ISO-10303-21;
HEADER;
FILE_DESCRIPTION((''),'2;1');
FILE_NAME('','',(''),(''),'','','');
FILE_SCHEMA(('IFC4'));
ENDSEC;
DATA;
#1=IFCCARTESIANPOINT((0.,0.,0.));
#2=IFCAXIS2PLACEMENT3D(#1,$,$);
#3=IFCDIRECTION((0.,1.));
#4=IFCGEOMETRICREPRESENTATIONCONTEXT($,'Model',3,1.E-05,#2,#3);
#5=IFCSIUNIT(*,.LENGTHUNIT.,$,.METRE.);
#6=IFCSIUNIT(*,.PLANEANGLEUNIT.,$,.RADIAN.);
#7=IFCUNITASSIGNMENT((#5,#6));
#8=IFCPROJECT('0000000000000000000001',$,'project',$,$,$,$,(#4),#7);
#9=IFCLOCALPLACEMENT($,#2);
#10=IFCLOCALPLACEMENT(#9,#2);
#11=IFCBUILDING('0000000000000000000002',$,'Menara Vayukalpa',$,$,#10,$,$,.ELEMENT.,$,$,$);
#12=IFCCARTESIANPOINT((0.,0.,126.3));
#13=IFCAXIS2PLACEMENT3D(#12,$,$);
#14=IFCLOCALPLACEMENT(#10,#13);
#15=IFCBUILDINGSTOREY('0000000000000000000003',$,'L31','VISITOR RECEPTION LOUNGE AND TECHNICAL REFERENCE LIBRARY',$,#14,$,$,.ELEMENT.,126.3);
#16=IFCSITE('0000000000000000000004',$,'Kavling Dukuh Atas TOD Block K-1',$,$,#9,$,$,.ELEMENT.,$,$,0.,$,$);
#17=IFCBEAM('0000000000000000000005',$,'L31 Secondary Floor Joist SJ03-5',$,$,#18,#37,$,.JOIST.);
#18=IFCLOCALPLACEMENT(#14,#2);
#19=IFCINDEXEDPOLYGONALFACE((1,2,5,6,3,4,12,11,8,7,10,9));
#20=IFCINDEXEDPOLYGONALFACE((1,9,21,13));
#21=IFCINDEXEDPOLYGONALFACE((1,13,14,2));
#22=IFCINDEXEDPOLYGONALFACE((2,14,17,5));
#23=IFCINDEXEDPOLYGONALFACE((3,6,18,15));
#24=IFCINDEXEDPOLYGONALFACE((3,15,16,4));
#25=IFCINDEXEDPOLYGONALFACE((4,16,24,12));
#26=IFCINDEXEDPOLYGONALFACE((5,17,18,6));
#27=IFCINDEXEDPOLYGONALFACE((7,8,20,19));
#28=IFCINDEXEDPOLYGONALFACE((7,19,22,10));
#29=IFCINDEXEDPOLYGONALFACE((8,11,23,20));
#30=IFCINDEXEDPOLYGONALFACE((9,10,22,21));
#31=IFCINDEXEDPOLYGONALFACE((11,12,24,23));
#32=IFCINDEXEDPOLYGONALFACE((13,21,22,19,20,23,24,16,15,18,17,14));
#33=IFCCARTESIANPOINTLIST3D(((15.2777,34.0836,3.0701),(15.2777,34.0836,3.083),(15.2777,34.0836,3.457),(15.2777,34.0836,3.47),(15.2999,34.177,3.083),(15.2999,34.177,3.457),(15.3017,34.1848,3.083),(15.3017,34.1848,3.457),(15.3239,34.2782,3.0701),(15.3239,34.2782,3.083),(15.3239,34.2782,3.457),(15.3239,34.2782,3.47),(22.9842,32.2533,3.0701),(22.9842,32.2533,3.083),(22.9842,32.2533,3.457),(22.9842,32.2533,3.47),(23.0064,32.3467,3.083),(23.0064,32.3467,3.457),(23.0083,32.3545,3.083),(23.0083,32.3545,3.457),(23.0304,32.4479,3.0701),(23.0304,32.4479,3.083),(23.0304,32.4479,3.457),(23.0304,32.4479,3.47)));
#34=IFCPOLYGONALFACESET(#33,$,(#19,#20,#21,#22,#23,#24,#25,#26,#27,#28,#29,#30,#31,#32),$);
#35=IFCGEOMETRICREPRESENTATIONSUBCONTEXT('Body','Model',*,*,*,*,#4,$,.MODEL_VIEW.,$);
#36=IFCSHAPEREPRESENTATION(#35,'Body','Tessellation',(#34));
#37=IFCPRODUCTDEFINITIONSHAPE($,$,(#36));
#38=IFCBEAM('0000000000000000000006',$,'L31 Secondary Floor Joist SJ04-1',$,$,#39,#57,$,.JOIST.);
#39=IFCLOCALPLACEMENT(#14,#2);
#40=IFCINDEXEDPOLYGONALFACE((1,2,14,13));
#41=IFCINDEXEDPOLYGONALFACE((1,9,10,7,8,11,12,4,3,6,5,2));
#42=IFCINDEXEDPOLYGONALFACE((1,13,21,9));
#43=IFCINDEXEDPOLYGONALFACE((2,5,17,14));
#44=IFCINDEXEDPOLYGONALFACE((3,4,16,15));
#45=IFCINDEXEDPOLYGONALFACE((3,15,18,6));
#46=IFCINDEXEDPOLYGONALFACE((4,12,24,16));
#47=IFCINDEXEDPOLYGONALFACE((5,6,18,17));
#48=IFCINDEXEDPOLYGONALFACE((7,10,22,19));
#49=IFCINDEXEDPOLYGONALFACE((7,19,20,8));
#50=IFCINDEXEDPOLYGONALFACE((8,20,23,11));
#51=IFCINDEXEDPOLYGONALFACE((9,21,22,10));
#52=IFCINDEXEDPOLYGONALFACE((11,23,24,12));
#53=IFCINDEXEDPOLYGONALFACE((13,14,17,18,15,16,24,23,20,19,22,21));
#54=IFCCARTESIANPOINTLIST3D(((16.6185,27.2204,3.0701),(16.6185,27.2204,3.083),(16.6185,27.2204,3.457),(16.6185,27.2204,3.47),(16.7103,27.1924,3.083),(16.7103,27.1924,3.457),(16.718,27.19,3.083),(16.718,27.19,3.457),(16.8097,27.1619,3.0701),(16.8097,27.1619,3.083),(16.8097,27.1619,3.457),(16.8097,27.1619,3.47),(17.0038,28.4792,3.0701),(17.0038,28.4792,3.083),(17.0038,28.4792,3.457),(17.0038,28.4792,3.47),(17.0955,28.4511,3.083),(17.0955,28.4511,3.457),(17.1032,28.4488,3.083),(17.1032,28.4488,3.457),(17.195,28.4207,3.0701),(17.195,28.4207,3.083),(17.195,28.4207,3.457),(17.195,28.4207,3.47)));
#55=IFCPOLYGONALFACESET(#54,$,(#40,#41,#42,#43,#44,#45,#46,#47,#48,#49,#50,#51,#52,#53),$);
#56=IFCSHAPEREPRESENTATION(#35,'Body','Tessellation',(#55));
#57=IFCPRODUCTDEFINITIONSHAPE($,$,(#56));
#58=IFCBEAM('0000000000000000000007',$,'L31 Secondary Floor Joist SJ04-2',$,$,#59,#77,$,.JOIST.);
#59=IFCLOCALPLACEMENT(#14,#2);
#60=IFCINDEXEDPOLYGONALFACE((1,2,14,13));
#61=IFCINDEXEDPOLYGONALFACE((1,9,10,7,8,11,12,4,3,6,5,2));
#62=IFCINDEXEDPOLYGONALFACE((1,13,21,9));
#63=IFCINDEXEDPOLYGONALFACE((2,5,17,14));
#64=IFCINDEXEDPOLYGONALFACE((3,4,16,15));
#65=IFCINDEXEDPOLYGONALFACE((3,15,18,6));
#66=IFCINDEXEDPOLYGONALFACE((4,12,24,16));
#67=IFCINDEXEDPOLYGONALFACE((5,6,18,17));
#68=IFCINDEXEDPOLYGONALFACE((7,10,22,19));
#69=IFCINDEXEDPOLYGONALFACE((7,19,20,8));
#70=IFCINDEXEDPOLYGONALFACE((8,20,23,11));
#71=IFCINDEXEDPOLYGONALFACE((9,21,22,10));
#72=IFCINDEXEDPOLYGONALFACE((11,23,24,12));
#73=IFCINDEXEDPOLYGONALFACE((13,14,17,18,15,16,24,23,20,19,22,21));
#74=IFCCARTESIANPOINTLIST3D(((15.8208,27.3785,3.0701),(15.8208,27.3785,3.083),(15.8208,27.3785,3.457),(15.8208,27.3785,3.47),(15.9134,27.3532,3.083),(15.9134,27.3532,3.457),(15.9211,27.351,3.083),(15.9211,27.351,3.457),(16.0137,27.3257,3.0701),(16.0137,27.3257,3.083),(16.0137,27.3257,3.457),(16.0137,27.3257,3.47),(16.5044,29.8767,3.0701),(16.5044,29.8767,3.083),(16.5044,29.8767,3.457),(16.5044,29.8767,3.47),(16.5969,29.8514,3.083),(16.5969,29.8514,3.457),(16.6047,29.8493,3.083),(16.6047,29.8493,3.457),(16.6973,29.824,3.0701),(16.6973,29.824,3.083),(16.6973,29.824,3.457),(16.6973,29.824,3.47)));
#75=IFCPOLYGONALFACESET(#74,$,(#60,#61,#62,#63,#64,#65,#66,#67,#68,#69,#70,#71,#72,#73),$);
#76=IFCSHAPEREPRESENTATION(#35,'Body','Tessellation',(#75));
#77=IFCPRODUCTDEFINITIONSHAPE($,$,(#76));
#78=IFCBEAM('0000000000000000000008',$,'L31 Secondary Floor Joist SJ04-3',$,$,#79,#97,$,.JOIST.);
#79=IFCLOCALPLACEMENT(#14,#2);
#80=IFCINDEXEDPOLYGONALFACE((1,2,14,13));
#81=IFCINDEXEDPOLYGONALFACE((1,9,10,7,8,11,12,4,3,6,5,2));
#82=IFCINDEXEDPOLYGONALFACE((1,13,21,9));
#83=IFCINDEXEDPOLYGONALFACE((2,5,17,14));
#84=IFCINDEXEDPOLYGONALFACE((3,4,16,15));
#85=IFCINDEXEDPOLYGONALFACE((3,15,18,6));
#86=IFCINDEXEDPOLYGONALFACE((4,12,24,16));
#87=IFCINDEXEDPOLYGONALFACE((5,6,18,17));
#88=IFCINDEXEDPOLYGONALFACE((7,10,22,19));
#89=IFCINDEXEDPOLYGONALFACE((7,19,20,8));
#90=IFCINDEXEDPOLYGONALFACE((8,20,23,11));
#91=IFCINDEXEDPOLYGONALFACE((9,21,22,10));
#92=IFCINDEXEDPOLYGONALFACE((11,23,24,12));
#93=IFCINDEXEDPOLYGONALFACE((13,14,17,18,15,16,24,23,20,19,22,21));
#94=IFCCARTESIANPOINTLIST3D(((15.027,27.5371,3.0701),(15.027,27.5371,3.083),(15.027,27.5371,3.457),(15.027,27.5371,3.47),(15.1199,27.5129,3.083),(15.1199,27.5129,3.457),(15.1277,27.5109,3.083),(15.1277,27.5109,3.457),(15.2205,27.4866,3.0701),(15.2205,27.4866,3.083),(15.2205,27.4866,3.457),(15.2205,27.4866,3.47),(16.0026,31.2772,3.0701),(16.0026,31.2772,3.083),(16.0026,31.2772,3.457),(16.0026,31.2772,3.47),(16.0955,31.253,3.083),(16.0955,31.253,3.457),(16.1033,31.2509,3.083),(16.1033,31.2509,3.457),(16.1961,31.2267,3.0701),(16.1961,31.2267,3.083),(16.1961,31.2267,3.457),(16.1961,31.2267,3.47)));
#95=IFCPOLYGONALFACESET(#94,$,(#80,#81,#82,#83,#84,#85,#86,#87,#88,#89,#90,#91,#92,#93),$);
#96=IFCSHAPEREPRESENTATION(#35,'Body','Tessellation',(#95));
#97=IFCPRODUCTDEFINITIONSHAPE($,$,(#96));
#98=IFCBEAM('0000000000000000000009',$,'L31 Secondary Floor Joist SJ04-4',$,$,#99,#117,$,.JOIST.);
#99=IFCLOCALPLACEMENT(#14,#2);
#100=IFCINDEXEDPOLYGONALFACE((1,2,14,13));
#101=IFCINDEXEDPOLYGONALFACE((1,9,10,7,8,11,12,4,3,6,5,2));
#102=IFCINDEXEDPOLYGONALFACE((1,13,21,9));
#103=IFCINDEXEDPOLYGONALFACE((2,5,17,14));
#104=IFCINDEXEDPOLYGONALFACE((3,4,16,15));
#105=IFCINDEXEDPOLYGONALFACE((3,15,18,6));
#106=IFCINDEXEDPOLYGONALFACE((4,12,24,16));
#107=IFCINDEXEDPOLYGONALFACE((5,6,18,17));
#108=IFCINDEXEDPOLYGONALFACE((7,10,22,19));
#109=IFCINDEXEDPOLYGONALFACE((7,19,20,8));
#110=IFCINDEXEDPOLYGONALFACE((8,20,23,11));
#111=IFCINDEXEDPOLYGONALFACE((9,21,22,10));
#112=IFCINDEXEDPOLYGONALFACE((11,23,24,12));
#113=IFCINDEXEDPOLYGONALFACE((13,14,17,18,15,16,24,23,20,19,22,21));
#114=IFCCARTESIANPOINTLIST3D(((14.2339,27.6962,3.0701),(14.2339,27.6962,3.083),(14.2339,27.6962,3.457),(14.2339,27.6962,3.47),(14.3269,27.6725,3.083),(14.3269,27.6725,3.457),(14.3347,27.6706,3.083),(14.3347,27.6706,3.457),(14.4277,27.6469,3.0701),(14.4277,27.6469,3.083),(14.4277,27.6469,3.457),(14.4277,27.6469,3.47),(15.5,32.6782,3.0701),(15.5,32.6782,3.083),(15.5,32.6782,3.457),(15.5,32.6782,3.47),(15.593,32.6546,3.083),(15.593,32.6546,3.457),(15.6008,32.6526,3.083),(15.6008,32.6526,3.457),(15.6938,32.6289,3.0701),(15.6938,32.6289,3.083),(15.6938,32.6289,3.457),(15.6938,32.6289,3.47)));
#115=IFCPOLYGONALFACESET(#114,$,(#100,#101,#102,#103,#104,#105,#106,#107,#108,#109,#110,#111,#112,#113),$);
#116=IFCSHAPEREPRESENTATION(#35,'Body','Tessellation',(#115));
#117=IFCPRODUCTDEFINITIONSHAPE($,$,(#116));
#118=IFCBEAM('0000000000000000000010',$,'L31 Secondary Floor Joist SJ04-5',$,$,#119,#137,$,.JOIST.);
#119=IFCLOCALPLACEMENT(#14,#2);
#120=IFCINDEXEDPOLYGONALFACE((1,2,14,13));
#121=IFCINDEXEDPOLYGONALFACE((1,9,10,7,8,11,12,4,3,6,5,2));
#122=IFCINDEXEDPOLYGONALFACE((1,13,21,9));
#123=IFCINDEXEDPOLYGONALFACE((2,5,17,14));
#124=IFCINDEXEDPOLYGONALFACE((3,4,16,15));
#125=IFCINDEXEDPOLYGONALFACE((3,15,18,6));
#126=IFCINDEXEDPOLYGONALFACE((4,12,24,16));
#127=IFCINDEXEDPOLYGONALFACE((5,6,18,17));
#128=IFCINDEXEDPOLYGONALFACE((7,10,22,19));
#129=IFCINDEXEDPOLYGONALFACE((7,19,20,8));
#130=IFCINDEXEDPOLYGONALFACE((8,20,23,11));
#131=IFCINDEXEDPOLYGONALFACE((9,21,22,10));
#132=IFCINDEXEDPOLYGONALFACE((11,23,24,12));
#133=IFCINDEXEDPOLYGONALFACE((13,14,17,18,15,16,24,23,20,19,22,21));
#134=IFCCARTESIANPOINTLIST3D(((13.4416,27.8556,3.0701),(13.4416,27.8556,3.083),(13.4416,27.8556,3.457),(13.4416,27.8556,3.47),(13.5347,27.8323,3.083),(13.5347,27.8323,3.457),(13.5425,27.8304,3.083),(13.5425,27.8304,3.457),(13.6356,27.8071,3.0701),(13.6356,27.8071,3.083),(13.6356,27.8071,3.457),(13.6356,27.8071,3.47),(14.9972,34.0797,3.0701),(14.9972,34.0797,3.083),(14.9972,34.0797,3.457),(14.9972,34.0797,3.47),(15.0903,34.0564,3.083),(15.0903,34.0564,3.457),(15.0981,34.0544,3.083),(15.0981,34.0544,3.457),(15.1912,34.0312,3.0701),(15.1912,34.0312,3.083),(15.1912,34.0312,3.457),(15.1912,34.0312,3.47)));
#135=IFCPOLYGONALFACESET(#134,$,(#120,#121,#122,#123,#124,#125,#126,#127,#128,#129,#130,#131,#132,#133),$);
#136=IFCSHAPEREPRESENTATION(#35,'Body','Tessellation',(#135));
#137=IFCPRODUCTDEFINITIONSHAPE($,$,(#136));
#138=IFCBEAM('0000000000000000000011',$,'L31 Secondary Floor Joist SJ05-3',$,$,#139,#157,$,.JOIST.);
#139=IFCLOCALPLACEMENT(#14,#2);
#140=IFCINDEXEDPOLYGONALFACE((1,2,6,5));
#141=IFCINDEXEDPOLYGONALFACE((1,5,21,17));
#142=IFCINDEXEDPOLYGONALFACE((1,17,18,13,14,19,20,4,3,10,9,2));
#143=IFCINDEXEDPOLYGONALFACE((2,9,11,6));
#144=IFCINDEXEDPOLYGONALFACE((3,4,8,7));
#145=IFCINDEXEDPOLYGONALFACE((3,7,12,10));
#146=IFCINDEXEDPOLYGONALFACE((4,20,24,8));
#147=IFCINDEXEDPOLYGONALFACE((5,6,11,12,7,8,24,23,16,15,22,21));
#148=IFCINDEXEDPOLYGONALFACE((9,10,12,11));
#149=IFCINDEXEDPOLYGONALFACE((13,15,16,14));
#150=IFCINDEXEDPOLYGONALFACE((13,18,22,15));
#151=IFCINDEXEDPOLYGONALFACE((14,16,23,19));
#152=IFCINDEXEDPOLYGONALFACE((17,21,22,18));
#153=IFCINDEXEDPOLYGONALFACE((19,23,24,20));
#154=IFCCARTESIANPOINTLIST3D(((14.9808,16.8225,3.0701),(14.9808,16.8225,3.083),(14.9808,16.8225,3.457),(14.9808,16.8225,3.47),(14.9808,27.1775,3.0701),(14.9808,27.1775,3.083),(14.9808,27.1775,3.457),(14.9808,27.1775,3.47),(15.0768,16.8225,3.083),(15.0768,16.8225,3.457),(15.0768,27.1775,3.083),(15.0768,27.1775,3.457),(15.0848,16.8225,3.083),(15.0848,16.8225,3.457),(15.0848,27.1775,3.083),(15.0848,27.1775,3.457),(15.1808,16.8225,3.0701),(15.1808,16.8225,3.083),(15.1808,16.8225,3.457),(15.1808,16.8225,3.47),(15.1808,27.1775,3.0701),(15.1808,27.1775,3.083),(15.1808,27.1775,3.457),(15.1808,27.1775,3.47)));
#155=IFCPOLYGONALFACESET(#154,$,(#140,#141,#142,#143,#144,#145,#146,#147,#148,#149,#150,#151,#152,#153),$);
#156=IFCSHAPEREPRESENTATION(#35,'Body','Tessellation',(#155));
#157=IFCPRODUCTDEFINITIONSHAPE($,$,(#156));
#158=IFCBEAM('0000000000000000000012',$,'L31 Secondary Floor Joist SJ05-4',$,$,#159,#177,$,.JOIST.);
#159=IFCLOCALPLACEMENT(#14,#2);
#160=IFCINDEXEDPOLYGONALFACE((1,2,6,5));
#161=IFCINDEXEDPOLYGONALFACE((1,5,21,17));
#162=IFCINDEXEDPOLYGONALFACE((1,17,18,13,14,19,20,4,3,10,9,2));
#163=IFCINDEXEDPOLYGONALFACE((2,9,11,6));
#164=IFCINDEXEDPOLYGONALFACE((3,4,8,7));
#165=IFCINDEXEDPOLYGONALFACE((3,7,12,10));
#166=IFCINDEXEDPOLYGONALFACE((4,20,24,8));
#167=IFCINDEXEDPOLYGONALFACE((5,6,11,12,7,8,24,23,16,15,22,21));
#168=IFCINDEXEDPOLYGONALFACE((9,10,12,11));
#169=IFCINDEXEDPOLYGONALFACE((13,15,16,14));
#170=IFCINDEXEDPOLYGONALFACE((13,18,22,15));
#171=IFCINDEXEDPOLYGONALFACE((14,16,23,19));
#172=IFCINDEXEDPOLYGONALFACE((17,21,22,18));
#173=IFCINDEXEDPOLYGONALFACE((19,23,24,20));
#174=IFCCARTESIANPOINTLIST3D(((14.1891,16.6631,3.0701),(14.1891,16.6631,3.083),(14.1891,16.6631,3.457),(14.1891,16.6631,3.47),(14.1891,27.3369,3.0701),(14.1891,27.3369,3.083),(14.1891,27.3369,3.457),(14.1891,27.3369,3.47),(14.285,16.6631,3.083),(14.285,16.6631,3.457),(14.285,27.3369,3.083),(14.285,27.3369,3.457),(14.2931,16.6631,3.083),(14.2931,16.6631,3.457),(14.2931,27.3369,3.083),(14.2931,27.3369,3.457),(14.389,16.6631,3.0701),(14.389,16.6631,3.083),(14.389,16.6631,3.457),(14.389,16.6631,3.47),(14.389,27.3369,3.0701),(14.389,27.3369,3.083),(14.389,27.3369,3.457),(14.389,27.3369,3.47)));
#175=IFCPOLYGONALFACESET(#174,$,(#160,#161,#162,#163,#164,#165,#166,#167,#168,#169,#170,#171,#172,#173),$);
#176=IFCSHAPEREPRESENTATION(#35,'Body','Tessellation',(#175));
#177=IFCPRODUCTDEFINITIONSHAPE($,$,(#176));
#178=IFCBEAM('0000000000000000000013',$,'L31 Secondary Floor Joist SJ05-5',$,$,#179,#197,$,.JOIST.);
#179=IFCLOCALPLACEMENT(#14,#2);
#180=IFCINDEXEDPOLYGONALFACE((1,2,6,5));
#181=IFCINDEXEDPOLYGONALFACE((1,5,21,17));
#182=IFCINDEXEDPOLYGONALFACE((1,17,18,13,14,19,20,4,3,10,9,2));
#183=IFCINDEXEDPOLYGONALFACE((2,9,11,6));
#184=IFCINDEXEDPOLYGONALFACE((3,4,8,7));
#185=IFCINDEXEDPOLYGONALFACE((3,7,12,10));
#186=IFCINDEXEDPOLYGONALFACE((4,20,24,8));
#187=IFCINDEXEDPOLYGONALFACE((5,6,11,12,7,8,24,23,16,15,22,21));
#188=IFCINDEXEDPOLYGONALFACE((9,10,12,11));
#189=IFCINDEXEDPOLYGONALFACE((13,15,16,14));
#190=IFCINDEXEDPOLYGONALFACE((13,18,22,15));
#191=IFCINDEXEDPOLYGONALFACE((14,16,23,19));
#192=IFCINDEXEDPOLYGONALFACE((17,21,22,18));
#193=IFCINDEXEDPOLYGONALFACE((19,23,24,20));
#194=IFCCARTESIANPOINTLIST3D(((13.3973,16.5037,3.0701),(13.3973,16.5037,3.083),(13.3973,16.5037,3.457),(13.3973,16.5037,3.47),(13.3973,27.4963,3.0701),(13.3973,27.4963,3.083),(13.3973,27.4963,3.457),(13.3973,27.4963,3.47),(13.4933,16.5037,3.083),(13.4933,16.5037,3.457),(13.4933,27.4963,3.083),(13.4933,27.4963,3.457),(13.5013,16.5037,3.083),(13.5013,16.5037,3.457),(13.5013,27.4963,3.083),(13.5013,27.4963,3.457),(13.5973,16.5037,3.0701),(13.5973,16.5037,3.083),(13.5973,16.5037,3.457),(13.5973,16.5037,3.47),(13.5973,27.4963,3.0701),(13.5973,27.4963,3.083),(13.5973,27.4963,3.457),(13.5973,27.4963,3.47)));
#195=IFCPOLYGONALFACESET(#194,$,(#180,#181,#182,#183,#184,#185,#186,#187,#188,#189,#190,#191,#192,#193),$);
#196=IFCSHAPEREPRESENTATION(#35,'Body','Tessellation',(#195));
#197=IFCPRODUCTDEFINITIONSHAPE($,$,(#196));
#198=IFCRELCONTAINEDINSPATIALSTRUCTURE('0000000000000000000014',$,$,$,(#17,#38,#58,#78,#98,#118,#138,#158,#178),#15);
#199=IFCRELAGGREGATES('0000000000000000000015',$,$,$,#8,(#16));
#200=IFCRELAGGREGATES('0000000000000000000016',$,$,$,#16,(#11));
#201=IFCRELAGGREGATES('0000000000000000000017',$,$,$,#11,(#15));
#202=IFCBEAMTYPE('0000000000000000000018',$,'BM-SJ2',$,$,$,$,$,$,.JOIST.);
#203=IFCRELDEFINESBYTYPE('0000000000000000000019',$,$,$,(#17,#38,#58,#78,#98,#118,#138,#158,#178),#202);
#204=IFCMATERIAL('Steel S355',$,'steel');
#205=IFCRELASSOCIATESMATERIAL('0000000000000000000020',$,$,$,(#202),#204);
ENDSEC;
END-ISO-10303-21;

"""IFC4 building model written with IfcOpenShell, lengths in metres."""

from ifc_helpers import new_model, si_unit, direction, frame, origin, origin_2d, place, context, subcontext, project, spatial, i_section, extrude, material, material_profile, profile_set, type_object, element, save


model = new_model("IFC4")

# Units and contexts
model_context = context("Model", 3, precision=1e-05, world=origin(), true_north=direction((0.0, 1.0)))
body_context = subcontext(model_context, "Body", "Model", "MODEL_VIEW")
ifc_project = project(units=[si_unit("LENGTHUNIT", "METRE"), si_unit("PLANEANGLEUNIT", "RADIAN")], contexts=[model_context])

# Site, building, storey
site_placement = place(None, origin())
site = spatial("IfcSite", under=ifc_project, at=site_placement, Name="Kavling Dukuh Atas TOD Block K-1", CompositionType="ELEMENT", RefElevation=0.0)
building_placement = place(site_placement, origin())
building = spatial("IfcBuilding", under=site, at=building_placement, Name="Menara Vayukalpa", CompositionType="ELEMENT")
storey_placement = place(building_placement, frame((0.0, 0.0, 126.3)))
storey = spatial("IfcBuildingStorey", under=building, at=storey_placement, Name="L31", Description="VISITOR RECEPTION LOUNGE AND TECHNICAL REFERENCE LIBRARY", CompositionType="ELEMENT", Elevation=126.3)

# Beams
ifc_material_1 = material(Name="Steel S355", Category="steel")
ifc_material_profile_1 = material_profile(ifc_material_1, i_section(OverallWidth=0.2, OverallDepth=0.3999, WebThickness=0.0081, FlangeThickness=0.0129, at=origin_2d()), Name="WF 400x200x8x13")
ifc_profile_set_1 = profile_set([ifc_material_profile_1], Name="Steel S355")
beam_type_1 = type_object("IfcBeamType", Name="BM-SJ2", PredefinedType="JOIST", material=ifc_profile_set_1)
beam_1_placement = place(storey_placement, frame((23.0073, 32.3506, 3.27), z_axis=(-0.972936, 0.231075, 0.0), x_axis=(-0.231075, -0.972936, 0.0)))
element("IfcBeam", 1, at=beam_1_placement, inside=storey, type_object=beam_type_1, Name="L31 Secondary Floor Joist SJ03-5", PredefinedType="JOIST", context=body_context, shape_type="SweptSolid", body=[
    extrude(i_section(OverallWidth=0.2, OverallDepth=0.3999, WebThickness=0.0081, FlangeThickness=0.0129, at=origin_2d()), origin(), (0.0, 0.0, 1.0), 7.9209),
])
beam_2_placement = place(storey_placement, frame((17.0994, 28.45, 3.27), z_axis=(-0.292652, -0.956219, 0.0), x_axis=(0.956219, -0.292652, 0.0)))
element("IfcBeam", 2, at=beam_2_placement, inside=storey, type_object=beam_type_1, Name="L31 Secondary Floor Joist SJ04-1", PredefinedType="JOIST", context=body_context, shape_type="SweptSolid", body=[
    extrude(i_section(OverallWidth=0.2, OverallDepth=0.3999, WebThickness=0.0081, FlangeThickness=0.0129, at=origin_2d()), origin(), (0.0, 0.0, 1.0), 1.3164),
])
beam_3_placement = place(storey_placement, frame((16.6008, 29.8503, 3.27), z_axis=(-0.263923, -0.964544, 0.0), x_axis=(0.964544, -0.263923, 0.0)))
element("IfcBeam", 3, at=beam_3_placement, inside=storey, type_object=beam_type_1, Name="L31 Secondary Floor Joist SJ04-2", PredefinedType="JOIST", context=body_context, shape_type="SweptSolid", body=[
    extrude(i_section(OverallWidth=0.2, OverallDepth=0.3999, WebThickness=0.0081, FlangeThickness=0.0129, at=origin_2d()), origin(), (0.0, 0.0, 1.0), 2.5901),
])
beam_4_placement = place(storey_placement, frame((16.0994, 31.252, 3.27), z_axis=(-0.252406, -0.967621, 0.0), x_axis=(0.967621, -0.252406, 0.0)))
element("IfcBeam", 4, at=beam_4_placement, inside=storey, type_object=beam_type_1, Name="L31 Secondary Floor Joist SJ04-3", PredefinedType="JOIST", context=body_context, shape_type="SweptSolid", body=[
    extrude(i_section(OverallWidth=0.2, OverallDepth=0.3999, WebThickness=0.0081, FlangeThickness=0.0129, at=origin_2d()), origin(), (0.0, 0.0, 1.0), 3.8652),
])
beam_5_placement = place(storey_placement, frame((15.5969, 32.6536, 3.27), z_axis=(-0.246311, -0.969191, 0.0), x_axis=(0.969191, -0.246311, 0.0)))
element("IfcBeam", 5, at=beam_5_placement, inside=storey, type_object=beam_type_1, Name="L31 Secondary Floor Joist SJ04-4", PredefinedType="JOIST", context=body_context, shape_type="SweptSolid", body=[
    extrude(i_section(OverallWidth=0.2, OverallDepth=0.3999, WebThickness=0.0081, FlangeThickness=0.0129, at=origin_2d()), origin(), (0.0, 0.0, 1.0), 5.1404),
])
beam_6_placement = place(storey_placement, frame((15.0942, 34.0554, 3.27), z_axis=(-0.242482, -0.970156, 0.0), x_axis=(0.970156, -0.242482, 0.0)))
element("IfcBeam", 6, at=beam_6_placement, inside=storey, type_object=beam_type_1, Name="L31 Secondary Floor Joist SJ04-5", PredefinedType="JOIST", context=body_context, shape_type="SweptSolid", body=[
    extrude(i_section(OverallWidth=0.2, OverallDepth=0.3999, WebThickness=0.0081, FlangeThickness=0.0129, at=origin_2d()), origin(), (0.0, 0.0, 1.0), 6.4155),
])
beam_7_placement = place(storey_placement, frame((15.0808, 27.1775, 3.27), z_axis=(0.0, -1.0, 0.0), x_axis=(1.0, 0.0, 0.0)))
element("IfcBeam", 7, at=beam_7_placement, inside=storey, type_object=beam_type_1, Name="L31 Secondary Floor Joist SJ05-3", PredefinedType="JOIST", context=body_context, shape_type="SweptSolid", body=[
    extrude(i_section(OverallWidth=0.2, OverallDepth=0.3999, WebThickness=0.0081, FlangeThickness=0.0129, at=origin_2d()), origin(), (0.0, 0.0, 1.0), 10.355),
])
beam_8_placement = place(storey_placement, frame((14.2891, 27.3369, 3.27), z_axis=(0.0, -1.0, 0.0), x_axis=(1.0, 0.0, 0.0)))
element("IfcBeam", 8, at=beam_8_placement, inside=storey, type_object=beam_type_1, Name="L31 Secondary Floor Joist SJ05-4", PredefinedType="JOIST", context=body_context, shape_type="SweptSolid", body=[
    extrude(i_section(OverallWidth=0.2, OverallDepth=0.3999, WebThickness=0.0081, FlangeThickness=0.0129, at=origin_2d()), origin(), (0.0, 0.0, 1.0), 10.6738),
])
beam_9_placement = place(storey_placement, frame((13.4973, 27.4963, 3.27), z_axis=(0.0, -1.0, 0.0), x_axis=(1.0, 0.0, 0.0)))
element("IfcBeam", 9, at=beam_9_placement, inside=storey, type_object=beam_type_1, Name="L31 Secondary Floor Joist SJ05-5", PredefinedType="JOIST", context=body_context, shape_type="SweptSolid", body=[
    extrude(i_section(OverallWidth=0.2, OverallDepth=0.3999, WebThickness=0.0081, FlangeThickness=0.0129, at=origin_2d()), origin(), (0.0, 0.0, 1.0), 10.9927),
])

save(model, "model.ifc")
